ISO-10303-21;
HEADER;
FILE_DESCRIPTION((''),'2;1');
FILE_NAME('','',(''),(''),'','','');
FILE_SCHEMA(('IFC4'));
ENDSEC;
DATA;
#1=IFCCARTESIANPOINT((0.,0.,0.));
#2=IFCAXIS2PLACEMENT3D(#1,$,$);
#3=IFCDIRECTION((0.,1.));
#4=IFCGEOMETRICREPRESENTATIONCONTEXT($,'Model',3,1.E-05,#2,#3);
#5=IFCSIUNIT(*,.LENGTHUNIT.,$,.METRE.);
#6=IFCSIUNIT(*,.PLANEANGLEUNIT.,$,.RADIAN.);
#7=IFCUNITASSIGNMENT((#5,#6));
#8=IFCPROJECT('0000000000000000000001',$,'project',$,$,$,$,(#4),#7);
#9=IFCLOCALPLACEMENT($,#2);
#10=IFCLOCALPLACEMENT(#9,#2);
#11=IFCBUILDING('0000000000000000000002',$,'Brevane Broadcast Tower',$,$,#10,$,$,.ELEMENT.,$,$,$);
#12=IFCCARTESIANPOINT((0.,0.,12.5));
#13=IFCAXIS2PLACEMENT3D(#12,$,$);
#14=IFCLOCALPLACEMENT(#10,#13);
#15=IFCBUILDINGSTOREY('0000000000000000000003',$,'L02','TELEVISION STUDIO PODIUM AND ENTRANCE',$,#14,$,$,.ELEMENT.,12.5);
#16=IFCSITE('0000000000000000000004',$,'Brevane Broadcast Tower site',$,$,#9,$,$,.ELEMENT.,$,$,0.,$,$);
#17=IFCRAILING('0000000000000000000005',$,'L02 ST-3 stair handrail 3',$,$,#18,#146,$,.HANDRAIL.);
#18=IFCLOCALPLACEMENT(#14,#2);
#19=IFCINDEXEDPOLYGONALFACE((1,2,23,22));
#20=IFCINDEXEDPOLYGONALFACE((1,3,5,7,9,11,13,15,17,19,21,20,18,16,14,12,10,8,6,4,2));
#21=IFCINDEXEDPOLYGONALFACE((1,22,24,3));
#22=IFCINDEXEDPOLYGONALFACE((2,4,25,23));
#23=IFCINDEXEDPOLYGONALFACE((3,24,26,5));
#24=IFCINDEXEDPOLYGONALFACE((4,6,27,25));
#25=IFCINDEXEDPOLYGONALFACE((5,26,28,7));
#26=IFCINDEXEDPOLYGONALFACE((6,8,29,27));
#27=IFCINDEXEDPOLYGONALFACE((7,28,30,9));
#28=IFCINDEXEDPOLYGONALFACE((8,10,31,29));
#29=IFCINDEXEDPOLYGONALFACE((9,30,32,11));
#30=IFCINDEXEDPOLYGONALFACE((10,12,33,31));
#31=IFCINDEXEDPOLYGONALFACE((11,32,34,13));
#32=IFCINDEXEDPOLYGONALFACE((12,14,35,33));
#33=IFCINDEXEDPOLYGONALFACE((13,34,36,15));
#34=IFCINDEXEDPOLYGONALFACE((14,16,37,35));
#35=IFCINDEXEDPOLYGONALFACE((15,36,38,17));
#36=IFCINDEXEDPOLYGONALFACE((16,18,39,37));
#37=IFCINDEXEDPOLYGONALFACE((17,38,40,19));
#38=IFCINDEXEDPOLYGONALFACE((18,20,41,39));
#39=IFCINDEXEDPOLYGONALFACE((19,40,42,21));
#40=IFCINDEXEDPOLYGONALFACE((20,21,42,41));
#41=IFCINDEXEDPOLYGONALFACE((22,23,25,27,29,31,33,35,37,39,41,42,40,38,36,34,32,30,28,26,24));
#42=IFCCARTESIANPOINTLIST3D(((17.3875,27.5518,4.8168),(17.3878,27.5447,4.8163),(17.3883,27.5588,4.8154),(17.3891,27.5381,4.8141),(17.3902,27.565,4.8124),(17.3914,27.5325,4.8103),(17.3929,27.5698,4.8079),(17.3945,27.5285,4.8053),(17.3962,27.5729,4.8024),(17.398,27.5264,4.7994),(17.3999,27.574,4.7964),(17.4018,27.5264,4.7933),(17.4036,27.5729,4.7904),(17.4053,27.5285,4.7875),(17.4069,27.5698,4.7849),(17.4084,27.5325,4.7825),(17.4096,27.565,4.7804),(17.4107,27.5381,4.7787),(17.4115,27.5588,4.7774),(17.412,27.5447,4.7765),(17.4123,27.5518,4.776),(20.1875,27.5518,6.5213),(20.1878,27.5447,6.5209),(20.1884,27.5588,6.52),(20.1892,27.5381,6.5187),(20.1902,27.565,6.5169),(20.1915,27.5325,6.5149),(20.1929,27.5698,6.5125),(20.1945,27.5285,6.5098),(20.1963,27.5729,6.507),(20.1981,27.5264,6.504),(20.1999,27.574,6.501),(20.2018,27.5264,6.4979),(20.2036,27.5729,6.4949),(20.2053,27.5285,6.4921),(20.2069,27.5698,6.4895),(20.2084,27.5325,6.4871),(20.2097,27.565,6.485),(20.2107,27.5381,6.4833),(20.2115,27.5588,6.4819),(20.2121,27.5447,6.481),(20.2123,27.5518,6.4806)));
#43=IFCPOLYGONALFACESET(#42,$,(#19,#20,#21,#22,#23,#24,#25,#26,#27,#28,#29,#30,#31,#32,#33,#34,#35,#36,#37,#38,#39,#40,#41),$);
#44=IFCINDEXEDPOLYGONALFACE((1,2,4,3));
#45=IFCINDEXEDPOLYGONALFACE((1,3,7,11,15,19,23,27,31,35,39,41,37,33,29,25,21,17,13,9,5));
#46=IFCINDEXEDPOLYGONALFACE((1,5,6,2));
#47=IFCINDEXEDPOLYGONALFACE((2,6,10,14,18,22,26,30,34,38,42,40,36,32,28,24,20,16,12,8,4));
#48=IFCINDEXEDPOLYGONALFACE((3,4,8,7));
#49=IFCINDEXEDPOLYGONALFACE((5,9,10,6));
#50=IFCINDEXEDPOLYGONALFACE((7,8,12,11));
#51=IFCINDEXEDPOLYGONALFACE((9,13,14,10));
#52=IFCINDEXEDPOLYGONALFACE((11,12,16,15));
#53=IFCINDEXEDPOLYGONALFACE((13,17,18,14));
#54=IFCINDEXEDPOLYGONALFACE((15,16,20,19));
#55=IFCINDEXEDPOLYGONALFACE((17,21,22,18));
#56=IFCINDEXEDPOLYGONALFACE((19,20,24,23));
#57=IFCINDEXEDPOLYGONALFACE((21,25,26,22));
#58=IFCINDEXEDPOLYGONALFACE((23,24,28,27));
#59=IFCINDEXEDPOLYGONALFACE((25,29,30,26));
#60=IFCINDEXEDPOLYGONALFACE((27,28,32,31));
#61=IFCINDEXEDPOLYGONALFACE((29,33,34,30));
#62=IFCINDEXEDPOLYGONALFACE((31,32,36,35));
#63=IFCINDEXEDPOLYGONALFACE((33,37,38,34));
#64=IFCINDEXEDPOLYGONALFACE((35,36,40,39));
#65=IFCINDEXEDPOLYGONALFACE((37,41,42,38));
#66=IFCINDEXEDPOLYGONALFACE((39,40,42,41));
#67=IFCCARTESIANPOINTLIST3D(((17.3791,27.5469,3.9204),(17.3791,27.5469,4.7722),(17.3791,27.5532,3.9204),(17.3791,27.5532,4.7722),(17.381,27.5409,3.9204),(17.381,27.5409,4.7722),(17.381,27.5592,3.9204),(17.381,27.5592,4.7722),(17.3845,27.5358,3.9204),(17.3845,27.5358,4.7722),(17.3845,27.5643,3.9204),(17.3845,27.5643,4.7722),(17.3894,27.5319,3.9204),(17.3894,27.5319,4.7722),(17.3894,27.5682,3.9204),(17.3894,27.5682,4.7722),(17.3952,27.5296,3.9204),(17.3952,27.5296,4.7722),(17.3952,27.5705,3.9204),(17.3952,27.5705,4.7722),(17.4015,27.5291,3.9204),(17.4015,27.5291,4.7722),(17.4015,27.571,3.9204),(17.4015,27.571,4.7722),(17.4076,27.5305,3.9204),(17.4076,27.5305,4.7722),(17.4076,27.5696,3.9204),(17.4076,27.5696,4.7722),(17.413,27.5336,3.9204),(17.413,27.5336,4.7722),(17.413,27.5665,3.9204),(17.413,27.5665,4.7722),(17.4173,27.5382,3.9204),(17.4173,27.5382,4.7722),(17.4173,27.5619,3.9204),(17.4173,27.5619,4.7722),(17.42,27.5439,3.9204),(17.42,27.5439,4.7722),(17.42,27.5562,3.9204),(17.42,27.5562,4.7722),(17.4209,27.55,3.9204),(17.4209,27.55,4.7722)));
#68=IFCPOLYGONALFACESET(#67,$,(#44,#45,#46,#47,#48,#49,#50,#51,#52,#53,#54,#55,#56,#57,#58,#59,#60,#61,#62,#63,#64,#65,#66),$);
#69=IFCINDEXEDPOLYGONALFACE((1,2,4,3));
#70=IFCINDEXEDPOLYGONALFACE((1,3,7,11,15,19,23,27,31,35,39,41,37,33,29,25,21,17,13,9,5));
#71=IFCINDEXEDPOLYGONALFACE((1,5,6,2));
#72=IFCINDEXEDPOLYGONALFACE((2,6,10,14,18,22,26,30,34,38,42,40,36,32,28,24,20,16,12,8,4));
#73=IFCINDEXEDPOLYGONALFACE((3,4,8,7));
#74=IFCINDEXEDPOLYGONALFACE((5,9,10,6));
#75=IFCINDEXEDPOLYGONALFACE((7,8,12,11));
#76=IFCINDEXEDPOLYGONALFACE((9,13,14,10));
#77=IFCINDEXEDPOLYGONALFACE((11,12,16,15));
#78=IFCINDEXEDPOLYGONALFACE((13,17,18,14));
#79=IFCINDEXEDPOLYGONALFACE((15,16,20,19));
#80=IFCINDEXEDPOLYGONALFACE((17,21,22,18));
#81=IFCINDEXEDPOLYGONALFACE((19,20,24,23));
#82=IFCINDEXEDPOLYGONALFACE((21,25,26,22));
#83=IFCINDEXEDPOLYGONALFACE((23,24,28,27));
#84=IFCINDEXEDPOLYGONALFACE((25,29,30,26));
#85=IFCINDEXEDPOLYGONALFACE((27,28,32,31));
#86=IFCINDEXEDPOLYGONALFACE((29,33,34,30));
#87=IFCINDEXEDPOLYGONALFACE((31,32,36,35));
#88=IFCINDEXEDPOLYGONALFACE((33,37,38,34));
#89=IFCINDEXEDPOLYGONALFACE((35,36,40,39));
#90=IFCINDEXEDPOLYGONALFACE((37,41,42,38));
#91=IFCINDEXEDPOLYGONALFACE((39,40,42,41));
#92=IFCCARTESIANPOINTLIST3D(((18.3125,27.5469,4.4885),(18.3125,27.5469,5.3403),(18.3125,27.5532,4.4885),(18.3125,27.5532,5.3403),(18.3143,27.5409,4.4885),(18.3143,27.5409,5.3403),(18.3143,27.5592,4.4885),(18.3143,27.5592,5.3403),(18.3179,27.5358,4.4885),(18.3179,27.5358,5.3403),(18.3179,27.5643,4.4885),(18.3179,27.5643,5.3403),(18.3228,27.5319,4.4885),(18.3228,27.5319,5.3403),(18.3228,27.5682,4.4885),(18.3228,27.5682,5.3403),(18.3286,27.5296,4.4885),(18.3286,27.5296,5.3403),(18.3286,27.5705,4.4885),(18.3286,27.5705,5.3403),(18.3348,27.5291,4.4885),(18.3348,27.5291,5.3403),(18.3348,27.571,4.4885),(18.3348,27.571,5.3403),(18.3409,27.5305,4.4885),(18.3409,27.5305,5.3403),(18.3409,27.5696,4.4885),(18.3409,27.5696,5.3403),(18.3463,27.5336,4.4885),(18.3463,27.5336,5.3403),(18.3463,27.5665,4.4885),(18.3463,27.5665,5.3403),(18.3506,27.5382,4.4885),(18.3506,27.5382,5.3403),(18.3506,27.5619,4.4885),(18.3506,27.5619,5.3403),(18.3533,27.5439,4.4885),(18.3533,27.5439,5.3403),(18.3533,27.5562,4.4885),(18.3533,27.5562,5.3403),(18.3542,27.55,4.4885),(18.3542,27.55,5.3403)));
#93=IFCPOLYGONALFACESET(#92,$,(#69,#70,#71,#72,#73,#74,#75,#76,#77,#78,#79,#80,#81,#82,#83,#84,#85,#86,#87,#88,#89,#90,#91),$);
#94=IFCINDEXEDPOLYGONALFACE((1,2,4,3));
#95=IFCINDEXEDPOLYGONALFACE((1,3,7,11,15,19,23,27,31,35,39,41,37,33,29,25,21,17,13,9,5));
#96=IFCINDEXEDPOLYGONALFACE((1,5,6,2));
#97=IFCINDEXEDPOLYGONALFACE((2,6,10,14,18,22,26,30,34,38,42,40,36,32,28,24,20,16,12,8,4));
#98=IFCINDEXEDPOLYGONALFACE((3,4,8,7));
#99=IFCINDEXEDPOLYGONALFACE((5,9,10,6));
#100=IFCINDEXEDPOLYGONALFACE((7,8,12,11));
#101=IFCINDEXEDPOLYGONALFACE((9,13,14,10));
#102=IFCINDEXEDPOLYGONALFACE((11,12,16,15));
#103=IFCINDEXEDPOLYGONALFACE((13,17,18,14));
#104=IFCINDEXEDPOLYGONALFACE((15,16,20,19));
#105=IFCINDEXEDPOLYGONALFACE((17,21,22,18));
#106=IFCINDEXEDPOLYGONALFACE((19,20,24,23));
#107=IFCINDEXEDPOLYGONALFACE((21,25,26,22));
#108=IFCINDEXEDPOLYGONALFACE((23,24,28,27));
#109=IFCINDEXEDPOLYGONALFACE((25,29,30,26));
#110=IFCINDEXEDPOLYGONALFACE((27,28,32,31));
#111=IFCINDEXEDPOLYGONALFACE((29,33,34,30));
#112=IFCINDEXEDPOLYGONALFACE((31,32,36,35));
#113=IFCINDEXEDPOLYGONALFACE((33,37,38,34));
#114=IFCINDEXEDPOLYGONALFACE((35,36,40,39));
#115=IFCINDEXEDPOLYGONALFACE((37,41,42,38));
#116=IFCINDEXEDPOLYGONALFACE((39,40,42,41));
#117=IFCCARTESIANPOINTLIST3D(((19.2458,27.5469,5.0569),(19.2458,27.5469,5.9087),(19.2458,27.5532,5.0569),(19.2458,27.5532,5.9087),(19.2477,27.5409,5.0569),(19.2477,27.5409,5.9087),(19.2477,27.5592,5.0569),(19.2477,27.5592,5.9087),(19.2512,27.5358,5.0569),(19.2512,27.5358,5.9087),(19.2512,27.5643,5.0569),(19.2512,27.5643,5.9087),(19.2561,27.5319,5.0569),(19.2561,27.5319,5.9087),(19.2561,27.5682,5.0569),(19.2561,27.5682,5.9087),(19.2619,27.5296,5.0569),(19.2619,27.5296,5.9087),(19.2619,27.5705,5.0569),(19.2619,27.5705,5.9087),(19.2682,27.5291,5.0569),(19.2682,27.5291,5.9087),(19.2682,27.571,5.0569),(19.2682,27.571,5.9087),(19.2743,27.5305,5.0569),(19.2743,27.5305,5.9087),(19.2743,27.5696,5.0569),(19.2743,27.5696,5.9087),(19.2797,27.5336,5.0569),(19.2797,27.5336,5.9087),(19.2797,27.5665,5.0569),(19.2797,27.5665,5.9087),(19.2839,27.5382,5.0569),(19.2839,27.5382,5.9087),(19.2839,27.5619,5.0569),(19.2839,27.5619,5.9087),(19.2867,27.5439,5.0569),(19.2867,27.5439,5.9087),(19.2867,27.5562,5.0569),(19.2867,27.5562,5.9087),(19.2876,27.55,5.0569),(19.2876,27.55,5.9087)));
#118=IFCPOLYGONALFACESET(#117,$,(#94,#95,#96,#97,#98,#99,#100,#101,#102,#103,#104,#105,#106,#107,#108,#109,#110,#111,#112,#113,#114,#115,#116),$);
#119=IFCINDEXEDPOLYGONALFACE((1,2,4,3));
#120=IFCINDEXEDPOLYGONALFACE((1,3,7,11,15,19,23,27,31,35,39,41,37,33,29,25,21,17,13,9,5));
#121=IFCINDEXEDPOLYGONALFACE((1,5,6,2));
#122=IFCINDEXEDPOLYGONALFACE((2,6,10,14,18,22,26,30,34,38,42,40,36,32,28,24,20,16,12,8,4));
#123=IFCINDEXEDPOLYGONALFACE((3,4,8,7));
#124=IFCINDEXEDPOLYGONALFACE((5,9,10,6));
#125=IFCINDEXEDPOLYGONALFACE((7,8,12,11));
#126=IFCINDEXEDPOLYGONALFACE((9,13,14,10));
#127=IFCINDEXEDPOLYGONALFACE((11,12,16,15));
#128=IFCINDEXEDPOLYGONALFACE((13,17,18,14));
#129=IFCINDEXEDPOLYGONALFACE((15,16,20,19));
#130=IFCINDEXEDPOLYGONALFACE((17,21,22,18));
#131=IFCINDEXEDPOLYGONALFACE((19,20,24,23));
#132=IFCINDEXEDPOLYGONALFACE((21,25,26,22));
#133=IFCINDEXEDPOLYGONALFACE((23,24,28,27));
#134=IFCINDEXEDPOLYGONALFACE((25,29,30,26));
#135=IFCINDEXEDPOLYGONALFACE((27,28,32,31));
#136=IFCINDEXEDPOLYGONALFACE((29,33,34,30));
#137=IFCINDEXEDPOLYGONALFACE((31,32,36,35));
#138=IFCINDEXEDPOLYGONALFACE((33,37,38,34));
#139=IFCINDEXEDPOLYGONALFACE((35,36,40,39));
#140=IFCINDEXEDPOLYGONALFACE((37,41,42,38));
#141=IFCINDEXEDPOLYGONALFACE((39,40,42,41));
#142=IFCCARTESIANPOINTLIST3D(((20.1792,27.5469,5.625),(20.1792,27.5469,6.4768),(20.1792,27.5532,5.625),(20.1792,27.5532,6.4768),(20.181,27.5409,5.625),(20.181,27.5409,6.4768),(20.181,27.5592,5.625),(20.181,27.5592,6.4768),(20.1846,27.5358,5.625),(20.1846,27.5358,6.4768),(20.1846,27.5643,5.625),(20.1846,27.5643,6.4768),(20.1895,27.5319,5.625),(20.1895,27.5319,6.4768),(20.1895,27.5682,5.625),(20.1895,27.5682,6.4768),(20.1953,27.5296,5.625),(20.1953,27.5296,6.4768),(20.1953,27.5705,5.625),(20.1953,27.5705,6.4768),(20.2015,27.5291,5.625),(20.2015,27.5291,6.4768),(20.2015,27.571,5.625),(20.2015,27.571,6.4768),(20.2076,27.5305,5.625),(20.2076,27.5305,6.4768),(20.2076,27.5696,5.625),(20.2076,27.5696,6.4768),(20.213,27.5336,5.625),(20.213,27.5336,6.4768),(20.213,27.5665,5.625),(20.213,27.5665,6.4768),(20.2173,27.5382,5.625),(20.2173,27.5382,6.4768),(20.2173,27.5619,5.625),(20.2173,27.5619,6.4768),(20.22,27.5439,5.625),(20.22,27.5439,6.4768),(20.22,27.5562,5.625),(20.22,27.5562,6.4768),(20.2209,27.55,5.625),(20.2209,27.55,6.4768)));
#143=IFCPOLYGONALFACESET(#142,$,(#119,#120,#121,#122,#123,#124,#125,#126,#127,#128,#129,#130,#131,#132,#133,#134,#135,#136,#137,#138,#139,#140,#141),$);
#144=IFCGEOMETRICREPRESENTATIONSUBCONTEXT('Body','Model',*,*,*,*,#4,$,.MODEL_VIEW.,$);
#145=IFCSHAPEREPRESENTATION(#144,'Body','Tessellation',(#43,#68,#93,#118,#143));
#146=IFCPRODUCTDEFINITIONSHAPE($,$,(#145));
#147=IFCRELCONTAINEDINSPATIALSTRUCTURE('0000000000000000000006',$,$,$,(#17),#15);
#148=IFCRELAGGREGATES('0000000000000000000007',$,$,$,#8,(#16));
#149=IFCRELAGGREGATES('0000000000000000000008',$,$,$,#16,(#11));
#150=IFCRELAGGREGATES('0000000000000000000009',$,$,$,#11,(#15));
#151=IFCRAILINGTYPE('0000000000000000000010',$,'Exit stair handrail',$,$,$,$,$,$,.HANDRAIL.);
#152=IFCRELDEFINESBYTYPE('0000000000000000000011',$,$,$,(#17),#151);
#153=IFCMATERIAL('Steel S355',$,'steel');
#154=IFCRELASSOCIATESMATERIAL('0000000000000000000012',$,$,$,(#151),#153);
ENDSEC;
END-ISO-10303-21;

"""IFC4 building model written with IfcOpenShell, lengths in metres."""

from ifc_helpers import new_model, si_unit, direction, frame, origin, origin_2d, place, context, subcontext, project, spatial, circle, extrude, material, type_object, element, save


model = new_model("IFC4")

# Units and contexts
model_context = context("Model", 3, precision=1e-05, world=origin(), true_north=direction((0.0, 1.0)))
body_context = subcontext(model_context, "Body", "Model", "MODEL_VIEW")
ifc_project = project(units=[si_unit("LENGTHUNIT", "METRE"), si_unit("PLANEANGLEUNIT", "RADIAN")], contexts=[model_context])

# Site, building, storey
site_placement = place(None, origin())
site = spatial("IfcSite", under=ifc_project, at=site_placement, Name="Brevane Broadcast Tower site", CompositionType="ELEMENT", RefElevation=0.0)
building_placement = place(site_placement, origin())
building = spatial("IfcBuilding", under=site, at=building_placement, Name="Brevane Broadcast Tower", CompositionType="ELEMENT")
storey_placement = place(building_placement, frame((0.0, 0.0, 12.5)))
storey = spatial("IfcBuildingStorey", under=building, at=storey_placement, Name="L02", Description="TELEVISION STUDIO PODIUM AND ENTRANCE", CompositionType="ELEMENT", Elevation=12.5)

# Railing
ifc_material_1 = material(Name="Steel S355", Category="steel")
railing_type_1 = type_object("IfcRailingType", Name="Exit stair handrail", PredefinedType="HANDRAIL", material=ifc_material_1)
railing_1_placement = place(storey_placement, frame((17.3999, 27.55, 3.9204)))
element("IfcRailing", 1, at=railing_1_placement, inside=storey, type_object=railing_type_1, Name="L02 ST-3 stair handrail 3", PredefinedType="HANDRAIL", context=body_context, shape_type="SweptSolid", body=[
    extrude(circle(Radius=0.0239, at=origin_2d()), frame((0.0, 0.0, 0.876), z_axis=(0.85417, 0.0, 0.519994), x_axis=(0.0, 1.0, 0.0)), (0.0, 0.0, 1.0), 3.2781),
    extrude(circle(Radius=0.021, at=origin_2d()), origin(), (0.0, 0.0, 1.0), 0.8518),
    extrude(circle(Radius=0.021, at=origin_2d()), frame((0.9333, 0.0, 0.5681)), (0.0, 0.0, 1.0), 0.8518),
    extrude(circle(Radius=0.021, at=origin_2d()), frame((1.8667, 0.0, 1.1365)), (0.0, 0.0, 1.0), 0.8518),
    extrude(circle(Radius=0.021, at=origin_2d()), frame((2.8, 0.0, 1.7046)), (0.0, 0.0, 1.0), 0.8518),
])

save(model, "model.ifc")
